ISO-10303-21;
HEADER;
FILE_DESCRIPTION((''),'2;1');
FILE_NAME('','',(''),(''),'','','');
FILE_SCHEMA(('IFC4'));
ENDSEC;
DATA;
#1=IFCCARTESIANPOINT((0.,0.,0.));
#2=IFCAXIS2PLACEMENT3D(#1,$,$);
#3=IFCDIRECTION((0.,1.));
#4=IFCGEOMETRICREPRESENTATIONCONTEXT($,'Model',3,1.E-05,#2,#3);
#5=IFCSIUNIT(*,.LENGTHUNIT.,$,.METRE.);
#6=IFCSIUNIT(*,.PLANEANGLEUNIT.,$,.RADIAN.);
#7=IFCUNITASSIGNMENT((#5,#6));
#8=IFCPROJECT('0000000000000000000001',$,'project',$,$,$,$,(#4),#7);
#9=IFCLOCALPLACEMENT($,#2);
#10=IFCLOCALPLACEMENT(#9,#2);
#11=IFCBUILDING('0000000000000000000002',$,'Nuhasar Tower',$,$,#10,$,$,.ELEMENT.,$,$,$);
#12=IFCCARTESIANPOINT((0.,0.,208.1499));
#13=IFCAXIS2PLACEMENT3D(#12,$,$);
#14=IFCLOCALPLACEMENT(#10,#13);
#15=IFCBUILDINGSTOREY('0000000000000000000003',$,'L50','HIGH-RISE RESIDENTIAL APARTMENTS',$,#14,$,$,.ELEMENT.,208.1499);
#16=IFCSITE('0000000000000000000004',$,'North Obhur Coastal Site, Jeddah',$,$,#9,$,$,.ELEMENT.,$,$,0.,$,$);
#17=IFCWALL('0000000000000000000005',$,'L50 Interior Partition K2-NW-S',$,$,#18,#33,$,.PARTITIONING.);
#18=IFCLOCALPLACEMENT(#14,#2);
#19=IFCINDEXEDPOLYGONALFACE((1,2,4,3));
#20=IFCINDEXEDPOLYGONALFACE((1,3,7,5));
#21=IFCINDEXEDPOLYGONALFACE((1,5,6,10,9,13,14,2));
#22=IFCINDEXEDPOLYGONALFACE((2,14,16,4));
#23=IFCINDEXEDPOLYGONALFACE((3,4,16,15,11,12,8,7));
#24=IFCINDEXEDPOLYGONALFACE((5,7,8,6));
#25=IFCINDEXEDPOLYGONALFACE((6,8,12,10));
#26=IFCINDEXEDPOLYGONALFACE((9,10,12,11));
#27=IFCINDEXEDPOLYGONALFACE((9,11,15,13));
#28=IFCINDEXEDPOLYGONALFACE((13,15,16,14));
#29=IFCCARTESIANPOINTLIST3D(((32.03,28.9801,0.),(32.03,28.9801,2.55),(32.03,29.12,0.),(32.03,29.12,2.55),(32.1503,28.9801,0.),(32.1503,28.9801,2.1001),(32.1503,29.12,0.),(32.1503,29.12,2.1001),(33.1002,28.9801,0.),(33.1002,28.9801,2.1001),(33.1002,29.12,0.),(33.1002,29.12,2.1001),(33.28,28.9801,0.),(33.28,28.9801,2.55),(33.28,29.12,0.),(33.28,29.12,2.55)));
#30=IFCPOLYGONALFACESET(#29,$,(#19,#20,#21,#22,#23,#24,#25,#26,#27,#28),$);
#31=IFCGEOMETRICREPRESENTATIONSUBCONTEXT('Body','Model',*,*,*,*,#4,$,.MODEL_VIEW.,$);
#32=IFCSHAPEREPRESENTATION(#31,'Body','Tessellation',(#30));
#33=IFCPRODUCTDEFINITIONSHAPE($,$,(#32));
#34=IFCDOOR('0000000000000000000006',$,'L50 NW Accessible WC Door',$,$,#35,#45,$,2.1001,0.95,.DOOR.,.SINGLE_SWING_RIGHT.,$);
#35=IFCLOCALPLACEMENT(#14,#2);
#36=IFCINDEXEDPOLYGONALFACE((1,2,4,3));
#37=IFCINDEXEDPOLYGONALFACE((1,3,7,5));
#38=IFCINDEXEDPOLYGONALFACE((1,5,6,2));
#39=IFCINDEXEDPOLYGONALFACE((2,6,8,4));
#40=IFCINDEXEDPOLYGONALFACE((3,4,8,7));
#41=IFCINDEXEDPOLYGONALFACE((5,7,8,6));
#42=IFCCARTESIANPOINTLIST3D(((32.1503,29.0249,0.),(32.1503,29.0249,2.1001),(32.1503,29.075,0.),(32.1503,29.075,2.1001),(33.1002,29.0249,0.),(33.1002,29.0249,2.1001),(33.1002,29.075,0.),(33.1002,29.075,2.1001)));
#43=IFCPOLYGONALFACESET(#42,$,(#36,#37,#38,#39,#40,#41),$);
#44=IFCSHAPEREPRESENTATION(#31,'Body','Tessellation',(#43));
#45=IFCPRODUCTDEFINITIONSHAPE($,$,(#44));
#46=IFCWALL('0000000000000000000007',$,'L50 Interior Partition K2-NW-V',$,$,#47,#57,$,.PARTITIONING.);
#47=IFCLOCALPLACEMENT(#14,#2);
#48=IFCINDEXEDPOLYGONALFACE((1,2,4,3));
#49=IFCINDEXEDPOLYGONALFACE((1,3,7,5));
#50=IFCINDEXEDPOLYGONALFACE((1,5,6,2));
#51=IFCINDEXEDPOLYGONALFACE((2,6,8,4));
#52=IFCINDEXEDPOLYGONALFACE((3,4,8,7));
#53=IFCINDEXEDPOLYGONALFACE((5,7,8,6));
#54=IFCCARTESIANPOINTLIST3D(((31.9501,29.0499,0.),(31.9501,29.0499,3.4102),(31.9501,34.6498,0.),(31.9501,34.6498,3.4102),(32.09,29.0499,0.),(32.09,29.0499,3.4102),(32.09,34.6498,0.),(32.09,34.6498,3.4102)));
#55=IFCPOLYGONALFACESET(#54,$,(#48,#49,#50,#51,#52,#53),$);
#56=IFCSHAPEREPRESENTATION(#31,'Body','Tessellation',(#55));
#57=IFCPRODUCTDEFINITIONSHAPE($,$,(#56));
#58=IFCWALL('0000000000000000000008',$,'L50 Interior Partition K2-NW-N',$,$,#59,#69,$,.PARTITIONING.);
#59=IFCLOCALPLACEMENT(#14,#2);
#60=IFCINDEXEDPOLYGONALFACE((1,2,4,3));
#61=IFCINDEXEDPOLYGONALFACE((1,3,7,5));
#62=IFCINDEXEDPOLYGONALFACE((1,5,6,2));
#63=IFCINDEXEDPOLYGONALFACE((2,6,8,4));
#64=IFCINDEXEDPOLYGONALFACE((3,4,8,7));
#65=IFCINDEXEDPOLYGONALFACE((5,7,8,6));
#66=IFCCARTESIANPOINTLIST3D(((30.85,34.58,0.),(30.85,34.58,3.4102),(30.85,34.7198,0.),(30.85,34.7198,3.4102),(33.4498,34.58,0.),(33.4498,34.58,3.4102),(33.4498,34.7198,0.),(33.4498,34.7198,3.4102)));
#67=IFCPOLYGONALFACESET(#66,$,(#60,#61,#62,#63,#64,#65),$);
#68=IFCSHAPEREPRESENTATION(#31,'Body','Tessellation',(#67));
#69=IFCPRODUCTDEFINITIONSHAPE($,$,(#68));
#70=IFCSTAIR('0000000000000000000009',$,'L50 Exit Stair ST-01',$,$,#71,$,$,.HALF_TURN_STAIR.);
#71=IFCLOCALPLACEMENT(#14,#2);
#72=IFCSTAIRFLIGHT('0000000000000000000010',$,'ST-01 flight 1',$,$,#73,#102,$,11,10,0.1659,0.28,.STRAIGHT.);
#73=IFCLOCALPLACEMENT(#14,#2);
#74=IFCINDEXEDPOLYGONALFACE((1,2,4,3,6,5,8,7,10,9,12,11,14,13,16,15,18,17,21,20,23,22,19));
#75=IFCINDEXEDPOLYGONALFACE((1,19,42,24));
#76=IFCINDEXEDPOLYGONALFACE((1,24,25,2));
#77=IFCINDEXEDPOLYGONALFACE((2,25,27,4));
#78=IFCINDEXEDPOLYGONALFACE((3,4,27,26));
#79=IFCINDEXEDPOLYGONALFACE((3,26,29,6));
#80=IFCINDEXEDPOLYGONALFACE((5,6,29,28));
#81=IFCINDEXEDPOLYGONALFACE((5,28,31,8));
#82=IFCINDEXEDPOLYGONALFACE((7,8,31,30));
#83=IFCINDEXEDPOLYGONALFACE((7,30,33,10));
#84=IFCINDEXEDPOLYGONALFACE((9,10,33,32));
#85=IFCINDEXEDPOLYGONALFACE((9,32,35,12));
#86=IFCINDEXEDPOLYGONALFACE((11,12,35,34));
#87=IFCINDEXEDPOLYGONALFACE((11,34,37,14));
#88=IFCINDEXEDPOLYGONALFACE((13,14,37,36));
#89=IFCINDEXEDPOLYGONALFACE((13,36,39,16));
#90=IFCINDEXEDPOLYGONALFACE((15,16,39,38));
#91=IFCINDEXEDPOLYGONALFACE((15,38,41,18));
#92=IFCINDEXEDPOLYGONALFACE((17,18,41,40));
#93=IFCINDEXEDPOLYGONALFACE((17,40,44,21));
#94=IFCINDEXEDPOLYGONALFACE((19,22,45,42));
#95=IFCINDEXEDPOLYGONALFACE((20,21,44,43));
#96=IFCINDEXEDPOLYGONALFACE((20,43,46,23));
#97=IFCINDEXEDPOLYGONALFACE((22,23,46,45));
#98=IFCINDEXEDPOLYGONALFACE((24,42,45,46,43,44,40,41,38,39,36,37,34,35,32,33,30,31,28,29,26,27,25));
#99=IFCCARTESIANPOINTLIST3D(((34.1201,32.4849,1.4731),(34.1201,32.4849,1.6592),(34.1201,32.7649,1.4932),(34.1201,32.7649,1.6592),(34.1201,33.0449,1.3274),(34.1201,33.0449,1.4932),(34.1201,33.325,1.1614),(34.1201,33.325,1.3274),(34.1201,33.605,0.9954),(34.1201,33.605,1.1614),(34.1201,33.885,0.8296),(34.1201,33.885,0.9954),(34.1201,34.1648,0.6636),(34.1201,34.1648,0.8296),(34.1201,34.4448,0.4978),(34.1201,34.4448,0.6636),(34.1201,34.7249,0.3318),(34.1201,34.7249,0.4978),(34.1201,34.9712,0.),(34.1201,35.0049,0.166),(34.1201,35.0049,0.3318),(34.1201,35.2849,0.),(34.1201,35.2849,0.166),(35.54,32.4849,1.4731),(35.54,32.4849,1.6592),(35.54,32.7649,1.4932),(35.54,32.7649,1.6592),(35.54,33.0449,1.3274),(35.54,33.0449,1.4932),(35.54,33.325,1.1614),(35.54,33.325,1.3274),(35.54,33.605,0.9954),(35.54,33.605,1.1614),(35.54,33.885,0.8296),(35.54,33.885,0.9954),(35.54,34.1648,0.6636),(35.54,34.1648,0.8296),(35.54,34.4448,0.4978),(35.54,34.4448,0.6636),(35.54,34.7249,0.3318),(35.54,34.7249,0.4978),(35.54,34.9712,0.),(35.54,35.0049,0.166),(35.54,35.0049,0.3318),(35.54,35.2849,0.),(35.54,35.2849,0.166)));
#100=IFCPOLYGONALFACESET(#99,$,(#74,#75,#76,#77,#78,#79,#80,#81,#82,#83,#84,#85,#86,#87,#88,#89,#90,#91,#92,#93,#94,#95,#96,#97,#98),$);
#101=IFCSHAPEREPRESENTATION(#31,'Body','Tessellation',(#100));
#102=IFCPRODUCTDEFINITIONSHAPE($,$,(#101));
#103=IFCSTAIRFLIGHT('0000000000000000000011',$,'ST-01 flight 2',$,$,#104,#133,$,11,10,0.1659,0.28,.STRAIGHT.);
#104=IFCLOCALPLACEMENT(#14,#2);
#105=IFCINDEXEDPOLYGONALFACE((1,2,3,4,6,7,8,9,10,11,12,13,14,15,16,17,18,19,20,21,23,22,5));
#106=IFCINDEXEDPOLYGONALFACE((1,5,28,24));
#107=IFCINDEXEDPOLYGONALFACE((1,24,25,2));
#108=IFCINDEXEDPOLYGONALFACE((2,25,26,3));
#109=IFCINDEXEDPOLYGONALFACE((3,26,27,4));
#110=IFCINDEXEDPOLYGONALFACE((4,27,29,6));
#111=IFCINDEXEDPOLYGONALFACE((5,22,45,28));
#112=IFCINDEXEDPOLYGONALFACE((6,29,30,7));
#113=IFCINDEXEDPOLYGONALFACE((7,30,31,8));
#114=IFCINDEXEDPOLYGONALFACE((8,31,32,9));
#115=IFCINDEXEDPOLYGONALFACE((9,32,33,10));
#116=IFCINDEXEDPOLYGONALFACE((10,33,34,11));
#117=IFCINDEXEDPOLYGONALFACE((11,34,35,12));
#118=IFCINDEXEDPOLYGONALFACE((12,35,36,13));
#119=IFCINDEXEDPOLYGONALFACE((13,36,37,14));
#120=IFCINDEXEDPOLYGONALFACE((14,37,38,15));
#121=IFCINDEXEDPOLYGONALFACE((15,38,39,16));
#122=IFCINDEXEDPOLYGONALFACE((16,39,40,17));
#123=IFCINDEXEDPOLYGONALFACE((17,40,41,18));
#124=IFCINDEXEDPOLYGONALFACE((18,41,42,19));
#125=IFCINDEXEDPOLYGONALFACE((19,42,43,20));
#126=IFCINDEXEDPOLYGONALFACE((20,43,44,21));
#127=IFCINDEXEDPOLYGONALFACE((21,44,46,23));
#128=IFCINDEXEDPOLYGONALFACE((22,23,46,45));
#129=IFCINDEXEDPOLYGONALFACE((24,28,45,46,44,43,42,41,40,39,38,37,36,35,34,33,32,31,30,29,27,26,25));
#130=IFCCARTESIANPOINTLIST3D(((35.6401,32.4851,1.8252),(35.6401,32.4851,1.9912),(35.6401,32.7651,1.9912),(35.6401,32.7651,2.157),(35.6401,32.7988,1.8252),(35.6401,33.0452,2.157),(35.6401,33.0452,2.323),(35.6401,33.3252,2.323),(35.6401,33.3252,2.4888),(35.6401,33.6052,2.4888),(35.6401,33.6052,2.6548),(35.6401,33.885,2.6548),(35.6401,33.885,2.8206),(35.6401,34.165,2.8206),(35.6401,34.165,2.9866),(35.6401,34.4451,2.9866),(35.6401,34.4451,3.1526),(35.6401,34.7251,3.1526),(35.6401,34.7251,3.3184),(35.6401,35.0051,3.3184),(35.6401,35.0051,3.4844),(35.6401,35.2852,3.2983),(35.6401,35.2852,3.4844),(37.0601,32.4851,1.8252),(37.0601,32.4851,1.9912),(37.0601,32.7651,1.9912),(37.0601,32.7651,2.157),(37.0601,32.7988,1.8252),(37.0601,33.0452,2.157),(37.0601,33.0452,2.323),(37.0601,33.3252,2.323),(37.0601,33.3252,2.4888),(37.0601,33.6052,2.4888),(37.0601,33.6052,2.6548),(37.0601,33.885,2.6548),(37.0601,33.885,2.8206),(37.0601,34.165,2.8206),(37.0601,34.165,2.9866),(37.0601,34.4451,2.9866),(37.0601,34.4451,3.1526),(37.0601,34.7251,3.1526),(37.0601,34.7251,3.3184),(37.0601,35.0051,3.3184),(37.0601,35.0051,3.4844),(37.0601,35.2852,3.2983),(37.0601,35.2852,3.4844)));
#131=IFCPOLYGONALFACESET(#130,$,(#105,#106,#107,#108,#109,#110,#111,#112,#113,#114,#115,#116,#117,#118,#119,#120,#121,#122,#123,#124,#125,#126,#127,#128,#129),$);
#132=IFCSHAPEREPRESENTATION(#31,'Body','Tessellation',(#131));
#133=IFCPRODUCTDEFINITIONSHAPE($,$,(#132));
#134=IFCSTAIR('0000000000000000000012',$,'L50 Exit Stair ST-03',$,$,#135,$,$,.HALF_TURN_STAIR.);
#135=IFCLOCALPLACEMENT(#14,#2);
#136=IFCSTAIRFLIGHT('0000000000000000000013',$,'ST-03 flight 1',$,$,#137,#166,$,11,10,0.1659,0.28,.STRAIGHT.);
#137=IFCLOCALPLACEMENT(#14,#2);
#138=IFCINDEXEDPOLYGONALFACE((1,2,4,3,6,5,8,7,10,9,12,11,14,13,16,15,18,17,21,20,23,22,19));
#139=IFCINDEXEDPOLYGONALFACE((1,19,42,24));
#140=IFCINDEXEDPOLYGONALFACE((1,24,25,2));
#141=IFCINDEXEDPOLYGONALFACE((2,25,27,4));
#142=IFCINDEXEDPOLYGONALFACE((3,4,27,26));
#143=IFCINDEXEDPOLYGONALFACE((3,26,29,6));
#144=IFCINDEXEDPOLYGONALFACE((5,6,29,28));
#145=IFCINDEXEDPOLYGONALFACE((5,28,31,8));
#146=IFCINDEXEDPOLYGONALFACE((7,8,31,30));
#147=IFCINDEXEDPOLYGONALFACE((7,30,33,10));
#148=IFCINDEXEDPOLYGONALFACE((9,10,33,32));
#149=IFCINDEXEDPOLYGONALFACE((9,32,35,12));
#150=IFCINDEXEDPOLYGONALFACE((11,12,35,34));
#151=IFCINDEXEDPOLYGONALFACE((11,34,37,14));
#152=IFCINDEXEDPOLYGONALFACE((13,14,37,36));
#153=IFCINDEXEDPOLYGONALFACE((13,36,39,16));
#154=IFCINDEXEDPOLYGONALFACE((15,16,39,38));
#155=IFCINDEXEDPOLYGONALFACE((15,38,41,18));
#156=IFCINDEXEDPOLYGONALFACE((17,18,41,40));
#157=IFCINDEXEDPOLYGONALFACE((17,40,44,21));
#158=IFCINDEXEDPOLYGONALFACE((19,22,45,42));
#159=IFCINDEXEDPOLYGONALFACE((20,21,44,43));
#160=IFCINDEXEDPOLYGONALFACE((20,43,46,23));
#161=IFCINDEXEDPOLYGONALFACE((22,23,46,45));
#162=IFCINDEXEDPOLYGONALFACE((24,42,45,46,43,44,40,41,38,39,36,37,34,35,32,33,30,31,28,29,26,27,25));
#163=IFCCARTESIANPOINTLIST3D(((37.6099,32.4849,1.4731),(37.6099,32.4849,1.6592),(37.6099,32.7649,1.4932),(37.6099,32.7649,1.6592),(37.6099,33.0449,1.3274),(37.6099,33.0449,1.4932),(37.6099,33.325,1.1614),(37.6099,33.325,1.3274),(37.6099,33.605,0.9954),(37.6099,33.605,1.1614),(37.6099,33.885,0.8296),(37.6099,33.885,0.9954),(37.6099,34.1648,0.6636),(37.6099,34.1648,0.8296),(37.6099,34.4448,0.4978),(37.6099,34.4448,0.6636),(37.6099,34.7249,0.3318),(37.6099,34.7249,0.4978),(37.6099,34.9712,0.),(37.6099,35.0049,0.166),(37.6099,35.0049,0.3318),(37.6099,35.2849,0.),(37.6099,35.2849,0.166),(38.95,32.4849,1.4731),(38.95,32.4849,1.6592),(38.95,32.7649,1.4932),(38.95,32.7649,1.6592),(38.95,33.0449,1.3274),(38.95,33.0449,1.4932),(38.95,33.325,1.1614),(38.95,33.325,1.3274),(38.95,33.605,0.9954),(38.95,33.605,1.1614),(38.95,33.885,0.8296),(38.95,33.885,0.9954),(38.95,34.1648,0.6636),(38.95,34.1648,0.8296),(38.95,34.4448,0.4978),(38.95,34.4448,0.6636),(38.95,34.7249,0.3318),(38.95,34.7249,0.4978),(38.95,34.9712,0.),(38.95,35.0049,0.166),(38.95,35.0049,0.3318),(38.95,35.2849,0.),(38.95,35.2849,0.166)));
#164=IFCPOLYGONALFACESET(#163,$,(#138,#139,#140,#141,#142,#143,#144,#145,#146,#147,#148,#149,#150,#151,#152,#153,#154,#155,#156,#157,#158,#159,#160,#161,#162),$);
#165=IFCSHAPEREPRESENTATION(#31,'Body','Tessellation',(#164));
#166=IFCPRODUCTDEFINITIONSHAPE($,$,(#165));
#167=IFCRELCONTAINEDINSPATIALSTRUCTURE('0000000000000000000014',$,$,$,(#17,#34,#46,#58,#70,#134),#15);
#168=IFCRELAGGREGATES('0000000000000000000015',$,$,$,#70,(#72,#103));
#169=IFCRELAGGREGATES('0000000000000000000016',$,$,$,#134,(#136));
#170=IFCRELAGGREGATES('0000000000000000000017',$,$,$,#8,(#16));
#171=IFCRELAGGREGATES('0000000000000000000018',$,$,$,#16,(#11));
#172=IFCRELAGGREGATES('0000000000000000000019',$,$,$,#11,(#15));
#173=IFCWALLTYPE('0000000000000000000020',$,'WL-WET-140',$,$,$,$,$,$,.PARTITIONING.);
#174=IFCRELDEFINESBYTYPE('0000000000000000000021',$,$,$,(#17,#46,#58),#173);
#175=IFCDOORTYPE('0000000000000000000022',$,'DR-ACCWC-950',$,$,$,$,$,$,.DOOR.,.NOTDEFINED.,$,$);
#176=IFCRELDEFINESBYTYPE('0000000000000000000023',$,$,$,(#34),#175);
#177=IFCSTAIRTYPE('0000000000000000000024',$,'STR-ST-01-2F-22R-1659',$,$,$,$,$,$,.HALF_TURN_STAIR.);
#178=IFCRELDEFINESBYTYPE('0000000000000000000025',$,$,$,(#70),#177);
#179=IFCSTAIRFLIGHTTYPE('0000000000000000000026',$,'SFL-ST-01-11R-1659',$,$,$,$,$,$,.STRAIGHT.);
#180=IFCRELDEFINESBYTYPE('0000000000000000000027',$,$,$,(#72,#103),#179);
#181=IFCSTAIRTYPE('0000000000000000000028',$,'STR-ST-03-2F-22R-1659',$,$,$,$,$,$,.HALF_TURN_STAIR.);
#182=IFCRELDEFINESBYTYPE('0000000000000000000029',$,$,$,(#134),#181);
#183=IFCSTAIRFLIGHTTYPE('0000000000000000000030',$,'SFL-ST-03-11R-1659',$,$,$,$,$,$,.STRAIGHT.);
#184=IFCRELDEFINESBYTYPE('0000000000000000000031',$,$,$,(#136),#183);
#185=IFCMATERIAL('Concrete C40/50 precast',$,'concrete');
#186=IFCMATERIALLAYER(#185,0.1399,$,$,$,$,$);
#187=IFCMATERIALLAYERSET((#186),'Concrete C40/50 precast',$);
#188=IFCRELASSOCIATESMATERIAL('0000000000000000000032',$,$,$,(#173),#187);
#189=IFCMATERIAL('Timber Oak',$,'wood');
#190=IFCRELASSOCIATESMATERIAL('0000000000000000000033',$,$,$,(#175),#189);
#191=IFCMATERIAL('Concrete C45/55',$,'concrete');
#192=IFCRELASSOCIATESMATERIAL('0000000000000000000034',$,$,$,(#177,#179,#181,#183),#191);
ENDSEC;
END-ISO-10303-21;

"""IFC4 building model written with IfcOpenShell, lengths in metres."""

from ifc_helpers import new_model, si_unit, direction, frame, frame_2d, origin, place, context, subcontext, project, spatial, polyline, rectangle, outline, extrude, material, layer, layer_set, type_object, element, fill, aggregate, save


model = new_model("IFC4")

# Units and contexts
model_context = context("Model", 3, precision=1e-05, world=origin(), true_north=direction((0.0, 1.0)))
body_context = subcontext(model_context, "Body", "Model", "MODEL_VIEW")
ifc_project = project(units=[si_unit("LENGTHUNIT", "METRE"), si_unit("PLANEANGLEUNIT", "RADIAN")], contexts=[model_context])

# Site, building, storey
site_placement = place(None, origin())
site = spatial("IfcSite", under=ifc_project, at=site_placement, Name="North Obhur Coastal Site, Jeddah", CompositionType="ELEMENT", RefElevation=0.0)
building_placement = place(site_placement, origin())
building = spatial("IfcBuilding", under=site, at=building_placement, Name="Nuhasar Tower", CompositionType="ELEMENT")
storey_placement = place(building_placement, frame((0.0, 0.0, 208.1499)))
storey = spatial("IfcBuildingStorey", under=building, at=storey_placement, Name="L50", Description="HIGH-RISE RESIDENTIAL APARTMENTS", CompositionType="ELEMENT", Elevation=208.1499)

# Shared definitions
ifc_material_1 = material(Name="Concrete C40/50 precast", Category="concrete")
ifc_layer_1 = layer(ifc_material_1, 0.1399)
ifc_layer_set_1 = layer_set([ifc_layer_1], Name="Concrete C40/50 precast")
wall_type_1 = type_object("IfcWallType", Name="WL-WET-140", PredefinedType="PARTITIONING", material=ifc_layer_set_1)

# Wall, opening, door
wall_1_placement = place(storey_placement, frame((32.03, 29.05, 0.0), z_axis=(0.0, 0.0, 1.0), x_axis=(1.0, 0.0, 0.0)))
wall_1 = element("IfcWall", 1, at=wall_1_placement, inside=storey, type_object=wall_type_1, Name="L50 Interior Partition K2-NW-S", PredefinedType="PARTITIONING", context=body_context, shape_type="SweptSolid", body=[
    extrude(rectangle(XDim=1.25, YDim=0.1399, at=frame_2d((0.625, 0.0))), origin(), (0.0, 0.0, 1.0), 2.55),
])
opening_placement = place(wall_1_placement, frame((0.1201, 0.0, 0.0)))
opening = element("IfcOpeningElement", 2, at=opening_placement, cuts=wall_1, PredefinedType="OPENING", context=body_context, shape_type="SweptSolid", body=[
    extrude(rectangle(XDim=0.95, YDim=2.1001, at=frame_2d((0.4751, 1.05))), frame((0.0, 0.0801, 0.0), z_axis=(0.0, -1.0, 0.0), x_axis=(1.0, 0.0, 0.0)), (0.0, 0.0, 1.0), 0.1599),
])
ifc_material_2 = material(Name="Timber Oak", Category="wood")
door_type = type_object("IfcDoorType", Name="DR-ACCWC-950", OperationType="NOTDEFINED", PredefinedType="DOOR", material=ifc_material_2)
door_placement = place(opening_placement, origin())
door = element("IfcDoor", 3, at=door_placement, inside=storey, type_object=door_type, Name="L50 NW Accessible WC Door", OperationType="SINGLE_SWING_RIGHT", OverallHeight=2.1001, OverallWidth=0.95, PredefinedType="DOOR", context=body_context, shape_type="SweptSolid", body=[
    extrude(rectangle(XDim=0.95, YDim=2.1001, at=frame_2d((0.4751, 1.05))), frame((0.0, 0.0249, 0.0), z_axis=(0.0, -1.0, 0.0), x_axis=(1.0, 0.0, 0.0)), (0.0, 0.0, 1.0), 0.05),
])
fill(opening, door)

# Walls
wall_2_placement = place(storey_placement, frame((32.02, 29.05, 0.0), z_axis=(0.0, 0.0, 1.0), x_axis=(0.0, 1.0, 0.0)))
element("IfcWall", 4, at=wall_2_placement, inside=storey, type_object=wall_type_1, Name="L50 Interior Partition K2-NW-V", PredefinedType="PARTITIONING", context=body_context, shape_type="SweptSolid", body=[
    extrude(rectangle(XDim=5.5999, YDim=0.1399, at=frame_2d((2.7998, 0.0))), origin(), (0.0, 0.0, 1.0), 3.4102),
])
wall_3_placement = place(storey_placement, frame((30.8501, 34.6499, 0.0), z_axis=(0.0, 0.0, 1.0), x_axis=(1.0, 0.0, 0.0)))
element("IfcWall", 5, at=wall_3_placement, inside=storey, type_object=wall_type_1, Name="L50 Interior Partition K2-NW-N", PredefinedType="PARTITIONING", context=body_context, shape_type="SweptSolid", body=[
    extrude(rectangle(XDim=2.5999, YDim=0.1399, at=frame_2d((1.2998, 0.0))), origin(), (0.0, 0.0, 1.0), 3.4102),
])

# Stair, stair flights
ifc_material_3 = material(Name="Concrete C45/55", Category="concrete")
stair_type_1 = type_object("IfcStairType", Name="STR-ST-01-2F-22R-1659", PredefinedType="HALF_TURN_STAIR", material=ifc_material_3)
stair_1_placement = place(storey_placement, origin())
stair_1 = element("IfcStair", 6, at=stair_1_placement, inside=storey, type_object=stair_type_1, Name="L50 Exit Stair ST-01", PredefinedType="HALF_TURN_STAIR")
stair_flight_type_1 = type_object("IfcStairFlightType", Name="SFL-ST-01-11R-1659", PredefinedType="STRAIGHT", material=ifc_material_3)
stair_flight_1_placement = place(storey_placement, frame((34.8301, 35.2849, 0.0), z_axis=(0.0, 0.0, 1.0), x_axis=(0.0, -1.0, 0.0)))
stair_flight_1 = element("IfcStairFlight", 7, at=stair_flight_1_placement, type_object=stair_flight_type_1, Name="ST-01 flight 1", NumberOfRisers=11, NumberOfTreads=10, PredefinedType="STRAIGHT", RiserHeight=0.1659, TreadLength=0.28, context=body_context, shape_type="SweptSolid", body=[
    extrude(outline(polyline([(0.0, 0.0), (0.0, 0.166), (0.28, 0.166), (0.28, 0.3318), (0.5601, 0.3318), (0.5601, 0.4978), (0.8401, 0.4978), (0.8401, 0.6636), (1.1201, 0.6636), (1.1201, 0.8296), (1.3999, 0.8296), (1.3999, 0.9954), (1.6799, 0.9954), (1.6799, 1.1614), (1.96, 1.1614), (1.96, 1.3274), (2.24, 1.3274), (2.24, 1.4932), (2.52, 1.4932), (2.52, 1.6592), (2.8, 1.6592), (2.8, 1.825), (2.8, 1.4731), (0.3137, 0.0), (0.0, 0.0)])), frame((0.0, 0.71, 0.0), z_axis=(0.0, -1.0, 0.0), x_axis=(1.0, 0.0, 0.0)), (0.0, 0.0, 1.0), 1.4199),
])
stair_flight_2_placement = place(storey_placement, frame((36.3501, 32.4851, 1.8252), z_axis=(0.0, 0.0, 1.0), x_axis=(0.0, 1.0, 0.0)))
stair_flight_2 = element("IfcStairFlight", 8, at=stair_flight_2_placement, type_object=stair_flight_type_1, Name="ST-01 flight 2", NumberOfRisers=11, NumberOfTreads=10, PredefinedType="STRAIGHT", RiserHeight=0.1659, TreadLength=0.28, context=body_context, shape_type="SweptSolid", body=[
    extrude(outline(polyline([(0.0, 0.0), (0.0, 0.166), (0.28, 0.166), (0.28, 0.3318), (0.5601, 0.3318), (0.5601, 0.4978), (0.8401, 0.4978), (0.8401, 0.6636), (1.1201, 0.6636), (1.1201, 0.8296), (1.3999, 0.8296), (1.3999, 0.9954), (1.6799, 0.9954), (1.6799, 1.1614), (1.96, 1.1614), (1.96, 1.3274), (2.24, 1.3274), (2.24, 1.4932), (2.52, 1.4932), (2.52, 1.6592), (2.8, 1.6592), (2.8, 1.825), (2.8, 1.4731), (0.3137, 0.0), (0.0, 0.0)])), frame((0.0, 0.71, 0.0), z_axis=(0.0, -1.0, 0.0), x_axis=(1.0, 0.0, 0.0)), (0.0, 0.0, 1.0), 1.4199),
])
aggregate(stair_1, [stair_flight_1, stair_flight_2])

# Stair, stair flight
stair_type_2 = type_object("IfcStairType", Name="STR-ST-03-2F-22R-1659", PredefinedType="HALF_TURN_STAIR", material=ifc_material_3)
stair_2_placement = place(storey_placement, origin())
stair_2 = element("IfcStair", 9, at=stair_2_placement, inside=storey, type_object=stair_type_2, Name="L50 Exit Stair ST-03", PredefinedType="HALF_TURN_STAIR")
stair_flight_type_2 = type_object("IfcStairFlightType", Name="SFL-ST-03-11R-1659", PredefinedType="STRAIGHT", material=ifc_material_3)
stair_flight_3_placement = place(storey_placement, frame((38.28, 35.2849, 0.0), z_axis=(0.0, 0.0, 1.0), x_axis=(0.0, -1.0, 0.0)))
stair_flight_3 = element("IfcStairFlight", 10, at=stair_flight_3_placement, type_object=stair_flight_type_2, Name="ST-03 flight 1", NumberOfRisers=11, NumberOfTreads=10, PredefinedType="STRAIGHT", RiserHeight=0.1659, TreadLength=0.28, context=body_context, shape_type="SweptSolid", body=[
    extrude(outline(polyline([(0.0, 0.0), (0.0, 0.166), (0.28, 0.166), (0.28, 0.3318), (0.5601, 0.3318), (0.5601, 0.4978), (0.8401, 0.4978), (0.8401, 0.6636), (1.1201, 0.6636), (1.1201, 0.8296), (1.3999, 0.8296), (1.3999, 0.9954), (1.6799, 0.9954), (1.6799, 1.1614), (1.96, 1.1614), (1.96, 1.3274), (2.24, 1.3274), (2.24, 1.4932), (2.52, 1.4932), (2.52, 1.6592), (2.8, 1.6592), (2.8, 1.825), (2.8, 1.4731), (0.3137, 0.0), (0.0, 0.0)])), frame((0.0, 0.6699, 0.0), z_axis=(0.0, -1.0, 0.0), x_axis=(1.0, 0.0, 0.0)), (0.0, 0.0, 1.0), 1.3401),
])
aggregate(stair_2, [stair_flight_3])

save(model, "model.ifc")
